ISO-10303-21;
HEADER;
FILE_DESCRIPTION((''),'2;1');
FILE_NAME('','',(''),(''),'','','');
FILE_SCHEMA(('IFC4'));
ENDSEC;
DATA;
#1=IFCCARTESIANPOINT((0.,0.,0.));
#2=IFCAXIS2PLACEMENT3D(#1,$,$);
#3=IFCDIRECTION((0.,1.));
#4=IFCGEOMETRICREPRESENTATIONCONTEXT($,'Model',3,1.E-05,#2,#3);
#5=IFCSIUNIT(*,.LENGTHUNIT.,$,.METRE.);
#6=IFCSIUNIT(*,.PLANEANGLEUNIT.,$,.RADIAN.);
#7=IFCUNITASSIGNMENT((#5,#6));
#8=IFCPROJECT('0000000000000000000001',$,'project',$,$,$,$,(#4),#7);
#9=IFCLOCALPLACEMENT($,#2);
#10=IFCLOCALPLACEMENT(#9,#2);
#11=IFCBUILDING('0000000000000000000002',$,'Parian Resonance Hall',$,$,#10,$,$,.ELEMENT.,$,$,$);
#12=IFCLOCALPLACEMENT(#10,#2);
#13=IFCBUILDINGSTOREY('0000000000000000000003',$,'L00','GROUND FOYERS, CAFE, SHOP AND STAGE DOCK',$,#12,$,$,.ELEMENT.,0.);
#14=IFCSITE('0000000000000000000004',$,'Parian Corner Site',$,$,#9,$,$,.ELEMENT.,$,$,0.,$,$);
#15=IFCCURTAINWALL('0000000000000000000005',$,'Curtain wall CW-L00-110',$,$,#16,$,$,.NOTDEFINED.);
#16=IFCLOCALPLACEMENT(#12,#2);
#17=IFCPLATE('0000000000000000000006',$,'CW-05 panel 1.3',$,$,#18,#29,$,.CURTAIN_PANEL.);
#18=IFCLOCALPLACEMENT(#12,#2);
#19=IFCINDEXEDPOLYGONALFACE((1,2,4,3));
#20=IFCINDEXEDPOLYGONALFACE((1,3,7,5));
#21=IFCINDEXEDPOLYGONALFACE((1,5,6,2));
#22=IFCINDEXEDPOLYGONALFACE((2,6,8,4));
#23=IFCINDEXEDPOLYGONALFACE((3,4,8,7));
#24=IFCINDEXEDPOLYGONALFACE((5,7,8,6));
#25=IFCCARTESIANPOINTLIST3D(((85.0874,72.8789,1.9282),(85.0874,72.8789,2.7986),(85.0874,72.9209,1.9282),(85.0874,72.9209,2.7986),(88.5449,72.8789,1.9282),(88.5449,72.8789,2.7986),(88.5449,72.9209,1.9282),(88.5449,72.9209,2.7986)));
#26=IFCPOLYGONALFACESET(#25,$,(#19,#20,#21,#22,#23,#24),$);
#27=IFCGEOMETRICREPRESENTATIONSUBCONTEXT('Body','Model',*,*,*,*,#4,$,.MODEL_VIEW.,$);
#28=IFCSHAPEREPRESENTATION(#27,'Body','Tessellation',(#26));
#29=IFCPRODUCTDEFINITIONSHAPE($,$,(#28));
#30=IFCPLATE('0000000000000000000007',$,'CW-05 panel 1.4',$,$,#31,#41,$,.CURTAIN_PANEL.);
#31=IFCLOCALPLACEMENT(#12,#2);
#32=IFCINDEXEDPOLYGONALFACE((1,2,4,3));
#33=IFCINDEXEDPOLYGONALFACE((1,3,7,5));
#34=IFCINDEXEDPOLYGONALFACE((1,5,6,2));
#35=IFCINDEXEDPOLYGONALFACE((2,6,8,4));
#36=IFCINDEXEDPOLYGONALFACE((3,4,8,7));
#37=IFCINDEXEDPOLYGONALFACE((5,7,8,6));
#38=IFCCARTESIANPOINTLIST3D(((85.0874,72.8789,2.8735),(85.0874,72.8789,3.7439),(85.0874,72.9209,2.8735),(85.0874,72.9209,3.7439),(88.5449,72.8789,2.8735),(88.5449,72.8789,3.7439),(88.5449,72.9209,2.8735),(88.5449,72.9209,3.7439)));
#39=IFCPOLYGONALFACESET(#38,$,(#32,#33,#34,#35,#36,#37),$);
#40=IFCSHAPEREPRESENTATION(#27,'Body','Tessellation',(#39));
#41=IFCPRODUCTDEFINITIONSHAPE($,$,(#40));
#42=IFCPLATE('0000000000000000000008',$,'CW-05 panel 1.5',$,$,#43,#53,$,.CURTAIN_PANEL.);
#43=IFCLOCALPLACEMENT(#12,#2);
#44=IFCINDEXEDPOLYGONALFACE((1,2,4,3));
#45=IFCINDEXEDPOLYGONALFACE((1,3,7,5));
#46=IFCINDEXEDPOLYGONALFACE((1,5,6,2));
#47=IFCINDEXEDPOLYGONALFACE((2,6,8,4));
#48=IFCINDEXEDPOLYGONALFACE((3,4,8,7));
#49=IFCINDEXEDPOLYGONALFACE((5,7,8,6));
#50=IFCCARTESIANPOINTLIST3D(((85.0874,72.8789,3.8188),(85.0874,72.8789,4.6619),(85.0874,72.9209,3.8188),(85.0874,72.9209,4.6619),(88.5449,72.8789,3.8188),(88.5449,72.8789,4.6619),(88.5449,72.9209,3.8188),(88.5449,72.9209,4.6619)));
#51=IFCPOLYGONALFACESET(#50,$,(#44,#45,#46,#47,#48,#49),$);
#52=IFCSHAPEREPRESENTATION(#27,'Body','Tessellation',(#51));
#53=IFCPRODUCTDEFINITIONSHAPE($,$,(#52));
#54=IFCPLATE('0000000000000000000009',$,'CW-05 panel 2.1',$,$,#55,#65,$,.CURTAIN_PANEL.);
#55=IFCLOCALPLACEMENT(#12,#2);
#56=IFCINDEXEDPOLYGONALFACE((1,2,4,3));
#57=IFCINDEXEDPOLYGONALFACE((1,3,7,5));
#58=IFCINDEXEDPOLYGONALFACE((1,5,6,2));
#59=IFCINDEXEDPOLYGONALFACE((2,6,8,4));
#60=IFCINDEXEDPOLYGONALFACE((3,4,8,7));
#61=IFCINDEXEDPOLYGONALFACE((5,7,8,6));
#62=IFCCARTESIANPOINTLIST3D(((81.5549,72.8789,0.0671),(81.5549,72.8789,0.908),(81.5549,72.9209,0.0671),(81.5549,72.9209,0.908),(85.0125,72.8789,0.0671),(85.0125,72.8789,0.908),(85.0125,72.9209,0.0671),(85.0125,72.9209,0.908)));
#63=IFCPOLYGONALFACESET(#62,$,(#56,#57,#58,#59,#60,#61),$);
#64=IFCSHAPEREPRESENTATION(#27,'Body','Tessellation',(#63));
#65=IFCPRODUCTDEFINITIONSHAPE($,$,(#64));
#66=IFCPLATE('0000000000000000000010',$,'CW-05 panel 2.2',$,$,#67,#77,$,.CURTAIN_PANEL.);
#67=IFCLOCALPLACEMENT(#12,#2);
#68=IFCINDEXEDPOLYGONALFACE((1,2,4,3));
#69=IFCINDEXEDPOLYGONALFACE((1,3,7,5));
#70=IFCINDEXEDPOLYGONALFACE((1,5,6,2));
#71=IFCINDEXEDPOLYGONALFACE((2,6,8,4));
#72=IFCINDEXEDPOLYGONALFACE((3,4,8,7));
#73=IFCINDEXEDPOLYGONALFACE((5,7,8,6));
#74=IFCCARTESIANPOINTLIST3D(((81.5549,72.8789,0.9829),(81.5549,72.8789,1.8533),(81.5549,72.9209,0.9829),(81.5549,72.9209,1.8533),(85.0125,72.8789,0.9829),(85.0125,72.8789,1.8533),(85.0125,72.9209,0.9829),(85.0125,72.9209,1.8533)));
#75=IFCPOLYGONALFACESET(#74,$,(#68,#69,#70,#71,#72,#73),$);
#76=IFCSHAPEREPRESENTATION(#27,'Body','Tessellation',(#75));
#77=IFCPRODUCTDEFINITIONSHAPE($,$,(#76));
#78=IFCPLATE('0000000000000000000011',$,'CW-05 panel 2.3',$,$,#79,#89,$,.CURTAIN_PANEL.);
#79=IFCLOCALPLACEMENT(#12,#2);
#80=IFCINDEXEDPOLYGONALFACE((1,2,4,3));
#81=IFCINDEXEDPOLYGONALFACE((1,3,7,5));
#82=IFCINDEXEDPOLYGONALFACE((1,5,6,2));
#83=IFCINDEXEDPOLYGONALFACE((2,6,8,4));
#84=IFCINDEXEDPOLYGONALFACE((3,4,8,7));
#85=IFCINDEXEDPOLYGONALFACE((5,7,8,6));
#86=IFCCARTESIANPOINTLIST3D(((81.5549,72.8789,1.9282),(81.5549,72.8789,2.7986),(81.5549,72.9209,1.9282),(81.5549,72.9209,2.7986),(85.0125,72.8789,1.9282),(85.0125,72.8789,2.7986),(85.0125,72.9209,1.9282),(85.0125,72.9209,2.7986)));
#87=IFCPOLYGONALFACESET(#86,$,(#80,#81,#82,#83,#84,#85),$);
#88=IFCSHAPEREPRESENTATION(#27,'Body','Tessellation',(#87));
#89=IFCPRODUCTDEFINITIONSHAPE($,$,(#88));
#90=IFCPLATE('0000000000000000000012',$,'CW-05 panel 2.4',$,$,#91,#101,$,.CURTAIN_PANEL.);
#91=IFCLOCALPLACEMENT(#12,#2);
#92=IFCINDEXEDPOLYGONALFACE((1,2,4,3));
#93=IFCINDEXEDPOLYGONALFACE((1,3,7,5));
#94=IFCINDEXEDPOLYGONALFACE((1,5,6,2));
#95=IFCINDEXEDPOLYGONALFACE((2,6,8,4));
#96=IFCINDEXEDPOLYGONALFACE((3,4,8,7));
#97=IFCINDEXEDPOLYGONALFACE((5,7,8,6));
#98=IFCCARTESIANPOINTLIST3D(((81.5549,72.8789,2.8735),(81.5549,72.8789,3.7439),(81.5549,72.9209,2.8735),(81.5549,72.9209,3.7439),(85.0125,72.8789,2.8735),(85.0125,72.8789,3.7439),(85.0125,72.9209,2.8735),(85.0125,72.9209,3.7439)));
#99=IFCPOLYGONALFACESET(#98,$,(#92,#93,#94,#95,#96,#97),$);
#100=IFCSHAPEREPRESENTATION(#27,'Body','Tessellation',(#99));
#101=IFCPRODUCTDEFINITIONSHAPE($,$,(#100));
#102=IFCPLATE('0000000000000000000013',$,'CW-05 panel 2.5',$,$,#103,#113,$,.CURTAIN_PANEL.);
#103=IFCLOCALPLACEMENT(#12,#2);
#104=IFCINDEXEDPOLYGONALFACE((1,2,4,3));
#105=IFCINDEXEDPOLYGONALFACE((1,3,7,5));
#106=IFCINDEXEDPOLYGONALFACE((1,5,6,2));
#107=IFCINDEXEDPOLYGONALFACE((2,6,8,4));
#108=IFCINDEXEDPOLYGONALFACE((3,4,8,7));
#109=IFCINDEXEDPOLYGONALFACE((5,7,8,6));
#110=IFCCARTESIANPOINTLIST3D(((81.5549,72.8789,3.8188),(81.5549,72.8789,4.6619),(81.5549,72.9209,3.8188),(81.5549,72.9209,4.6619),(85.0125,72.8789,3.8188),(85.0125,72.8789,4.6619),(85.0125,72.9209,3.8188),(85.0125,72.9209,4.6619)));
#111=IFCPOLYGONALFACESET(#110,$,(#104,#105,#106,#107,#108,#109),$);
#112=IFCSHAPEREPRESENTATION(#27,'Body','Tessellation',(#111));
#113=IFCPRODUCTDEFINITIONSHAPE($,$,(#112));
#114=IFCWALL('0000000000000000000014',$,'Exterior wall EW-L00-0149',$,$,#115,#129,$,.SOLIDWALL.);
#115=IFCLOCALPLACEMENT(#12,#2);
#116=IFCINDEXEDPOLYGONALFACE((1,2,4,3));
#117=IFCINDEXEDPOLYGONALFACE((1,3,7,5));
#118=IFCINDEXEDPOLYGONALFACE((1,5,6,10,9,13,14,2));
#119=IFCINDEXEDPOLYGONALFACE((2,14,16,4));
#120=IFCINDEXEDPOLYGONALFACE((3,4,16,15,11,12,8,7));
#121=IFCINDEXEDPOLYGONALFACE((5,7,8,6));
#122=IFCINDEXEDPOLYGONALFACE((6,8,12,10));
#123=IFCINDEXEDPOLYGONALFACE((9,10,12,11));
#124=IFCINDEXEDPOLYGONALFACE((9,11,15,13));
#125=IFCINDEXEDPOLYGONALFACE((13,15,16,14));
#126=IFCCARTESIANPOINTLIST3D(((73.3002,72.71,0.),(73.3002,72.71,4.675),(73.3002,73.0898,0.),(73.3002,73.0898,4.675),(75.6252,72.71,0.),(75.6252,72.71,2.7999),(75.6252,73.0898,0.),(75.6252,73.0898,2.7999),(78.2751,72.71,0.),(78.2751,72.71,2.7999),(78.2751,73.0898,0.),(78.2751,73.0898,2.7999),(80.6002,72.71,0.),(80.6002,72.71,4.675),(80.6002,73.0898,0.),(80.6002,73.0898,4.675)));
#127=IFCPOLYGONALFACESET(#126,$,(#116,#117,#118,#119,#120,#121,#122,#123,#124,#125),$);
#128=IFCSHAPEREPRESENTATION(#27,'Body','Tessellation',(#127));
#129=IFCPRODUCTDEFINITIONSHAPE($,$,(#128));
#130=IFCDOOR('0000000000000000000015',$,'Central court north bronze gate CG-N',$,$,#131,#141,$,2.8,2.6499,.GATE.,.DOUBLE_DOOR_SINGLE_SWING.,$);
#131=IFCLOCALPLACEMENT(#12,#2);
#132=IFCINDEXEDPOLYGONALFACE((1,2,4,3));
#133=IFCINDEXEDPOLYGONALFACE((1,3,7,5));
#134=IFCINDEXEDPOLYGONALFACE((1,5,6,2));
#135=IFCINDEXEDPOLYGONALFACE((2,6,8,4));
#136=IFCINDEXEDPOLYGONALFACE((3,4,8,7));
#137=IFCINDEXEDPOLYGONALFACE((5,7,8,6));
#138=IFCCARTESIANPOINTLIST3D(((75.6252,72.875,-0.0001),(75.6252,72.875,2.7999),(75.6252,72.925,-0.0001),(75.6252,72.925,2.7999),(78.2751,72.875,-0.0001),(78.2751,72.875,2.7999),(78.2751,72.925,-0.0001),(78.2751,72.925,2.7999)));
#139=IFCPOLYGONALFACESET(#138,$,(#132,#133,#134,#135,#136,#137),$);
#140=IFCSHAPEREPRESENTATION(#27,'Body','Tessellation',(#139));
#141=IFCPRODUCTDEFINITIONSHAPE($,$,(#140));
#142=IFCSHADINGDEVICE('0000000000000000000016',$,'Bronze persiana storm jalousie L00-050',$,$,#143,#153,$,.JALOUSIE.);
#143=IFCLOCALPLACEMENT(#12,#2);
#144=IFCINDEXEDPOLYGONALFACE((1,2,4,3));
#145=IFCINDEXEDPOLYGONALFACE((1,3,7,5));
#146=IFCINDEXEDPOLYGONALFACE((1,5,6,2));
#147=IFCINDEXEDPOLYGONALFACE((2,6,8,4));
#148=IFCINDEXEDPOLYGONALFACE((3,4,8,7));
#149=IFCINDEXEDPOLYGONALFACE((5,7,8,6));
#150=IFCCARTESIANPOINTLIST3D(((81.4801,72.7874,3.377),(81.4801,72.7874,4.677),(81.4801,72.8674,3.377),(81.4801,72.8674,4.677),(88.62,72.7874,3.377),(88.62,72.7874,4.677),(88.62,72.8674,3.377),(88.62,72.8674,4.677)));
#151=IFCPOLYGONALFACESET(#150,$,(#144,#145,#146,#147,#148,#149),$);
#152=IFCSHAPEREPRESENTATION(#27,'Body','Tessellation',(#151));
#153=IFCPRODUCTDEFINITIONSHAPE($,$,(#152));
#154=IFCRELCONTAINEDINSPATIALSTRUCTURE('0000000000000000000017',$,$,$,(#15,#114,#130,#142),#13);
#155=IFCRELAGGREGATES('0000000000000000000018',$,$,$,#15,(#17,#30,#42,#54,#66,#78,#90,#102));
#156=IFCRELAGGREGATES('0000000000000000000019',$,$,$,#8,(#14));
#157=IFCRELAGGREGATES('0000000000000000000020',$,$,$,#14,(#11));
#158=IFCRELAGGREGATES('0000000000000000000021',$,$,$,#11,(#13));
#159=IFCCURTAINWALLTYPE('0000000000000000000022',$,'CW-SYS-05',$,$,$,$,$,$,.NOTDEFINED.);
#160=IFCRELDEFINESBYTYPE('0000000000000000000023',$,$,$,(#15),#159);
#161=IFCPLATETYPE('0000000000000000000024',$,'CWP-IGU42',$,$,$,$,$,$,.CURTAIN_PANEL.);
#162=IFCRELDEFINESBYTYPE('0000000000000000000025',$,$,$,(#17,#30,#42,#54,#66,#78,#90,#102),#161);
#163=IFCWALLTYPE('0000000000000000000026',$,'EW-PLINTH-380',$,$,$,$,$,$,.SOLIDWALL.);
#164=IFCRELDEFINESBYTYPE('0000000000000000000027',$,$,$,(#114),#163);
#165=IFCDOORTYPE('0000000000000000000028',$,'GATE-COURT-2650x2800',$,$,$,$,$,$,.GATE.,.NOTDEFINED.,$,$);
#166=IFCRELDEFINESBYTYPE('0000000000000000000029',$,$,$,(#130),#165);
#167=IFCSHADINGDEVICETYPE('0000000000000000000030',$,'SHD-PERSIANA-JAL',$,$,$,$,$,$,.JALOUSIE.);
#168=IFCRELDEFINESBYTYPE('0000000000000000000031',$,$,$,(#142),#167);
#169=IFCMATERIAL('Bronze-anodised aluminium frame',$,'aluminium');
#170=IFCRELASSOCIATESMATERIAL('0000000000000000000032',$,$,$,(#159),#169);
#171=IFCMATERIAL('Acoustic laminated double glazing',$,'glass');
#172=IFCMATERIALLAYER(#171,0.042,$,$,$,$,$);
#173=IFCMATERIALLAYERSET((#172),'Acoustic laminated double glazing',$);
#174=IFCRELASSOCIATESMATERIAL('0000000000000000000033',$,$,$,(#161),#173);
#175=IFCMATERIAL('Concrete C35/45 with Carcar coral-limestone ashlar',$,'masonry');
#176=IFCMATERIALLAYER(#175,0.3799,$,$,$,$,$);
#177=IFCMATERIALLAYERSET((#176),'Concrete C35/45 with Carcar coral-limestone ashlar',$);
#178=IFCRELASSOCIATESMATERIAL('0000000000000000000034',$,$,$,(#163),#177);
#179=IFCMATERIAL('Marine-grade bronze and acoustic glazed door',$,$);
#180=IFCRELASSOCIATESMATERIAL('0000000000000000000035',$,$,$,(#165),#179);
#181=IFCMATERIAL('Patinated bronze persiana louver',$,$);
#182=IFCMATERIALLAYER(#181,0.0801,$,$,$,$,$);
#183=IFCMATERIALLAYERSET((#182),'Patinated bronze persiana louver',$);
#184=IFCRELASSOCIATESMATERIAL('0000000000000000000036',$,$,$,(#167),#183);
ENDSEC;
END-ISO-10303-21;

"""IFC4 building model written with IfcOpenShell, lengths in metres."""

from ifc_helpers import new_model, si_unit, direction, frame, frame_2d, origin, origin_2d, place, context, subcontext, project, spatial, rectangle, extrude, material, layer, layer_set, type_object, element, fill, aggregate, save


model = new_model("IFC4")

# Units and contexts
model_context = context("Model", 3, precision=1e-05, world=origin(), true_north=direction((0.0, 1.0)))
body_context = subcontext(model_context, "Body", "Model", "MODEL_VIEW")
ifc_project = project(units=[si_unit("LENGTHUNIT", "METRE"), si_unit("PLANEANGLEUNIT", "RADIAN")], contexts=[model_context])

# Site, building, storey
site_placement = place(None, origin())
site = spatial("IfcSite", under=ifc_project, at=site_placement, Name="Parian Corner Site", CompositionType="ELEMENT", RefElevation=0.0)
building_placement = place(site_placement, origin())
building = spatial("IfcBuilding", under=site, at=building_placement, Name="Parian Resonance Hall", CompositionType="ELEMENT")
storey_placement = place(building_placement, origin())
storey = spatial("IfcBuildingStorey", under=building, at=storey_placement, Name="L00", Description="GROUND FOYERS, CAFE, SHOP AND STAGE DOCK", CompositionType="ELEMENT", Elevation=0.0)

# Curtain wall, plates
ifc_material_1 = material(Name="Bronze-anodised aluminium frame", Category="aluminium")
curtain_wall_type_1 = type_object("IfcCurtainWallType", Name="CW-SYS-05", PredefinedType="NOTDEFINED", material=ifc_material_1)
curtain_wall_1_placement = place(storey_placement, origin())
curtain_wall_1 = element("IfcCurtainWall", 1, at=curtain_wall_1_placement, inside=storey, type_object=curtain_wall_type_1, Name="Curtain wall CW-L00-110", PredefinedType="NOTDEFINED")
ifc_material_2 = material(Name="Acoustic laminated double glazing", Category="glass")
ifc_layer_1 = layer(ifc_material_2, 0.042)
ifc_layer_set_1 = layer_set([ifc_layer_1], Name="Acoustic laminated double glazing")
plate_type = type_object("IfcPlateType", Name="CWP-IGU42", PredefinedType="CURTAIN_PANEL", material=ifc_layer_set_1)
plate_1_placement = place(storey_placement, frame((86.8162, 72.8999, 1.9282), z_axis=(0.0, 0.0, 1.0), x_axis=(-1.0, 0.0, 0.0)))
plate_1 = element("IfcPlate", 2, at=plate_1_placement, type_object=plate_type, Name="CW-05 panel 1.3", PredefinedType="CURTAIN_PANEL", context=body_context, shape_type="SweptSolid", body=[
    extrude(rectangle(XDim=3.4575, YDim=0.042, at=origin_2d()), origin(), (0.0, 0.0, 1.0), 0.8704),
])
plate_2_placement = place(storey_placement, frame((86.8162, 72.8999, 2.8735), z_axis=(0.0, 0.0, 1.0), x_axis=(-1.0, 0.0, 0.0)))
plate_2 = element("IfcPlate", 3, at=plate_2_placement, type_object=plate_type, Name="CW-05 panel 1.4", PredefinedType="CURTAIN_PANEL", context=body_context, shape_type="SweptSolid", body=[
    extrude(rectangle(XDim=3.4575, YDim=0.042, at=origin_2d()), origin(), (0.0, 0.0, 1.0), 0.8704),
])
plate_3_placement = place(storey_placement, frame((86.8162, 72.8999, 3.8188), z_axis=(0.0, 0.0, 1.0), x_axis=(-1.0, 0.0, 0.0)))
plate_3 = element("IfcPlate", 4, at=plate_3_placement, type_object=plate_type, Name="CW-05 panel 1.5", PredefinedType="CURTAIN_PANEL", context=body_context, shape_type="SweptSolid", body=[
    extrude(rectangle(XDim=3.4575, YDim=0.042, at=origin_2d()), origin(), (0.0, 0.0, 1.0), 0.843),
])
plate_4_placement = place(storey_placement, frame((83.2837, 72.8999, 0.0671), z_axis=(0.0, 0.0, 1.0), x_axis=(-1.0, 0.0, 0.0)))
plate_4 = element("IfcPlate", 5, at=plate_4_placement, type_object=plate_type, Name="CW-05 panel 2.1", PredefinedType="CURTAIN_PANEL", context=body_context, shape_type="SweptSolid", body=[
    extrude(rectangle(XDim=3.4575, YDim=0.042, at=origin_2d()), origin(), (0.0, 0.0, 1.0), 0.8408),
])
plate_5_placement = place(storey_placement, frame((83.2837, 72.8999, 0.9829), z_axis=(0.0, 0.0, 1.0), x_axis=(-1.0, 0.0, 0.0)))
plate_5 = element("IfcPlate", 6, at=plate_5_placement, type_object=plate_type, Name="CW-05 panel 2.2", PredefinedType="CURTAIN_PANEL", context=body_context, shape_type="SweptSolid", body=[
    extrude(rectangle(XDim=3.4575, YDim=0.042, at=origin_2d()), origin(), (0.0, 0.0, 1.0), 0.8704),
])
plate_6_placement = place(storey_placement, frame((83.2837, 72.8999, 1.9282), z_axis=(0.0, 0.0, 1.0), x_axis=(-1.0, 0.0, 0.0)))
plate_6 = element("IfcPlate", 7, at=plate_6_placement, type_object=plate_type, Name="CW-05 panel 2.3", PredefinedType="CURTAIN_PANEL", context=body_context, shape_type="SweptSolid", body=[
    extrude(rectangle(XDim=3.4575, YDim=0.042, at=origin_2d()), origin(), (0.0, 0.0, 1.0), 0.8704),
])
plate_7_placement = place(storey_placement, frame((83.2837, 72.8999, 2.8735), z_axis=(0.0, 0.0, 1.0), x_axis=(-1.0, 0.0, 0.0)))
plate_7 = element("IfcPlate", 8, at=plate_7_placement, type_object=plate_type, Name="CW-05 panel 2.4", PredefinedType="CURTAIN_PANEL", context=body_context, shape_type="SweptSolid", body=[
    extrude(rectangle(XDim=3.4575, YDim=0.042, at=origin_2d()), origin(), (0.0, 0.0, 1.0), 0.8704),
])
plate_8_placement = place(storey_placement, frame((83.2837, 72.8999, 3.8188), z_axis=(0.0, 0.0, 1.0), x_axis=(-1.0, 0.0, 0.0)))
plate_8 = element("IfcPlate", 9, at=plate_8_placement, type_object=plate_type, Name="CW-05 panel 2.5", PredefinedType="CURTAIN_PANEL", context=body_context, shape_type="SweptSolid", body=[
    extrude(rectangle(XDim=3.4575, YDim=0.042, at=origin_2d()), origin(), (0.0, 0.0, 1.0), 0.843),
])
aggregate(curtain_wall_1, [plate_1, plate_2, plate_3, plate_4, plate_5, plate_6, plate_7, plate_8])

# Wall, opening, door
ifc_material_3 = material(Name="Concrete C35/45 with Carcar coral-limestone ashlar", Category="masonry")
ifc_layer_2 = layer(ifc_material_3, 0.3799)
ifc_layer_set_2 = layer_set([ifc_layer_2], Name="Concrete C35/45 with Carcar coral-limestone ashlar")
wall_type = type_object("IfcWallType", Name="EW-PLINTH-380", PredefinedType="SOLIDWALL", material=ifc_layer_set_2)
wall_placement = place(storey_placement, frame((80.6001, 72.8999, 0.0), z_axis=(0.0, 0.0, 1.0), x_axis=(-1.0, 0.0, 0.0)))
wall = element("IfcWall", 10, at=wall_placement, inside=storey, type_object=wall_type, Name="Exterior wall EW-L00-0149", PredefinedType="SOLIDWALL", context=body_context, shape_type="SweptSolid", body=[
    extrude(rectangle(XDim=7.3, YDim=0.3799, at=frame_2d((3.6499, 0.0))), origin(), (0.0, 0.0, 1.0), 4.675),
])
opening_placement = place(wall_placement, frame((2.325, 0.0, 0.0)))
opening = element("IfcOpeningElement", 11, at=opening_placement, cuts=wall, PredefinedType="OPENING", context=body_context, shape_type="SweptSolid", body=[
    extrude(rectangle(XDim=2.6499, YDim=2.8, at=frame_2d((1.325, 1.3999))), frame((0.0, 0.2, 0.0), z_axis=(0.0, -1.0, 0.0), x_axis=(1.0, 0.0, 0.0)), (0.0, 0.0, 1.0), 0.3999),
])
ifc_material_4 = material(Name="Marine-grade bronze and acoustic glazed door")
door_type = type_object("IfcDoorType", Name="GATE-COURT-2650x2800", OperationType="NOTDEFINED", PredefinedType="GATE", material=ifc_material_4)
door_placement = place(opening_placement, origin())
door = element("IfcDoor", 12, at=door_placement, inside=storey, type_object=door_type, Name="Central court north bronze gate CG-N", OperationType="DOUBLE_DOOR_SINGLE_SWING", OverallHeight=2.8, OverallWidth=2.6499, PredefinedType="GATE", context=body_context, shape_type="SweptSolid", body=[
    extrude(rectangle(XDim=2.6499, YDim=2.8, at=frame_2d((1.325, 1.3999))), frame((0.0, 0.0249, 0.0), z_axis=(0.0, -1.0, 0.0), x_axis=(1.0, 0.0, 0.0)), (0.0, 0.0, 1.0), 0.05),
])
fill(opening, door)

# Shading device
ifc_material_5 = material(Name="Patinated bronze persiana louver")
ifc_layer_3 = layer(ifc_material_5, 0.0801)
ifc_layer_set_3 = layer_set([ifc_layer_3], Name="Patinated bronze persiana louver")
shading_device_type = type_object("IfcShadingDeviceType", Name="SHD-PERSIANA-JAL", PredefinedType="JALOUSIE", material=ifc_layer_set_3)
shading_device_placement = place(storey_placement, frame((85.05, 72.8274, 3.377), z_axis=(0.0, 0.0, 1.0), x_axis=(-1.0, 0.0, 0.0)))
element("IfcShadingDevice", 13, at=shading_device_placement, inside=storey, type_object=shading_device_type, Name="Bronze persiana storm jalousie L00-050", PredefinedType="JALOUSIE", context=body_context, shape_type="SweptSolid", body=[
    extrude(rectangle(XDim=7.1399, YDim=0.0801, at=origin_2d()), origin(), (0.0, 0.0, 1.0), 1.3),
])

save(model, "model.ifc")
